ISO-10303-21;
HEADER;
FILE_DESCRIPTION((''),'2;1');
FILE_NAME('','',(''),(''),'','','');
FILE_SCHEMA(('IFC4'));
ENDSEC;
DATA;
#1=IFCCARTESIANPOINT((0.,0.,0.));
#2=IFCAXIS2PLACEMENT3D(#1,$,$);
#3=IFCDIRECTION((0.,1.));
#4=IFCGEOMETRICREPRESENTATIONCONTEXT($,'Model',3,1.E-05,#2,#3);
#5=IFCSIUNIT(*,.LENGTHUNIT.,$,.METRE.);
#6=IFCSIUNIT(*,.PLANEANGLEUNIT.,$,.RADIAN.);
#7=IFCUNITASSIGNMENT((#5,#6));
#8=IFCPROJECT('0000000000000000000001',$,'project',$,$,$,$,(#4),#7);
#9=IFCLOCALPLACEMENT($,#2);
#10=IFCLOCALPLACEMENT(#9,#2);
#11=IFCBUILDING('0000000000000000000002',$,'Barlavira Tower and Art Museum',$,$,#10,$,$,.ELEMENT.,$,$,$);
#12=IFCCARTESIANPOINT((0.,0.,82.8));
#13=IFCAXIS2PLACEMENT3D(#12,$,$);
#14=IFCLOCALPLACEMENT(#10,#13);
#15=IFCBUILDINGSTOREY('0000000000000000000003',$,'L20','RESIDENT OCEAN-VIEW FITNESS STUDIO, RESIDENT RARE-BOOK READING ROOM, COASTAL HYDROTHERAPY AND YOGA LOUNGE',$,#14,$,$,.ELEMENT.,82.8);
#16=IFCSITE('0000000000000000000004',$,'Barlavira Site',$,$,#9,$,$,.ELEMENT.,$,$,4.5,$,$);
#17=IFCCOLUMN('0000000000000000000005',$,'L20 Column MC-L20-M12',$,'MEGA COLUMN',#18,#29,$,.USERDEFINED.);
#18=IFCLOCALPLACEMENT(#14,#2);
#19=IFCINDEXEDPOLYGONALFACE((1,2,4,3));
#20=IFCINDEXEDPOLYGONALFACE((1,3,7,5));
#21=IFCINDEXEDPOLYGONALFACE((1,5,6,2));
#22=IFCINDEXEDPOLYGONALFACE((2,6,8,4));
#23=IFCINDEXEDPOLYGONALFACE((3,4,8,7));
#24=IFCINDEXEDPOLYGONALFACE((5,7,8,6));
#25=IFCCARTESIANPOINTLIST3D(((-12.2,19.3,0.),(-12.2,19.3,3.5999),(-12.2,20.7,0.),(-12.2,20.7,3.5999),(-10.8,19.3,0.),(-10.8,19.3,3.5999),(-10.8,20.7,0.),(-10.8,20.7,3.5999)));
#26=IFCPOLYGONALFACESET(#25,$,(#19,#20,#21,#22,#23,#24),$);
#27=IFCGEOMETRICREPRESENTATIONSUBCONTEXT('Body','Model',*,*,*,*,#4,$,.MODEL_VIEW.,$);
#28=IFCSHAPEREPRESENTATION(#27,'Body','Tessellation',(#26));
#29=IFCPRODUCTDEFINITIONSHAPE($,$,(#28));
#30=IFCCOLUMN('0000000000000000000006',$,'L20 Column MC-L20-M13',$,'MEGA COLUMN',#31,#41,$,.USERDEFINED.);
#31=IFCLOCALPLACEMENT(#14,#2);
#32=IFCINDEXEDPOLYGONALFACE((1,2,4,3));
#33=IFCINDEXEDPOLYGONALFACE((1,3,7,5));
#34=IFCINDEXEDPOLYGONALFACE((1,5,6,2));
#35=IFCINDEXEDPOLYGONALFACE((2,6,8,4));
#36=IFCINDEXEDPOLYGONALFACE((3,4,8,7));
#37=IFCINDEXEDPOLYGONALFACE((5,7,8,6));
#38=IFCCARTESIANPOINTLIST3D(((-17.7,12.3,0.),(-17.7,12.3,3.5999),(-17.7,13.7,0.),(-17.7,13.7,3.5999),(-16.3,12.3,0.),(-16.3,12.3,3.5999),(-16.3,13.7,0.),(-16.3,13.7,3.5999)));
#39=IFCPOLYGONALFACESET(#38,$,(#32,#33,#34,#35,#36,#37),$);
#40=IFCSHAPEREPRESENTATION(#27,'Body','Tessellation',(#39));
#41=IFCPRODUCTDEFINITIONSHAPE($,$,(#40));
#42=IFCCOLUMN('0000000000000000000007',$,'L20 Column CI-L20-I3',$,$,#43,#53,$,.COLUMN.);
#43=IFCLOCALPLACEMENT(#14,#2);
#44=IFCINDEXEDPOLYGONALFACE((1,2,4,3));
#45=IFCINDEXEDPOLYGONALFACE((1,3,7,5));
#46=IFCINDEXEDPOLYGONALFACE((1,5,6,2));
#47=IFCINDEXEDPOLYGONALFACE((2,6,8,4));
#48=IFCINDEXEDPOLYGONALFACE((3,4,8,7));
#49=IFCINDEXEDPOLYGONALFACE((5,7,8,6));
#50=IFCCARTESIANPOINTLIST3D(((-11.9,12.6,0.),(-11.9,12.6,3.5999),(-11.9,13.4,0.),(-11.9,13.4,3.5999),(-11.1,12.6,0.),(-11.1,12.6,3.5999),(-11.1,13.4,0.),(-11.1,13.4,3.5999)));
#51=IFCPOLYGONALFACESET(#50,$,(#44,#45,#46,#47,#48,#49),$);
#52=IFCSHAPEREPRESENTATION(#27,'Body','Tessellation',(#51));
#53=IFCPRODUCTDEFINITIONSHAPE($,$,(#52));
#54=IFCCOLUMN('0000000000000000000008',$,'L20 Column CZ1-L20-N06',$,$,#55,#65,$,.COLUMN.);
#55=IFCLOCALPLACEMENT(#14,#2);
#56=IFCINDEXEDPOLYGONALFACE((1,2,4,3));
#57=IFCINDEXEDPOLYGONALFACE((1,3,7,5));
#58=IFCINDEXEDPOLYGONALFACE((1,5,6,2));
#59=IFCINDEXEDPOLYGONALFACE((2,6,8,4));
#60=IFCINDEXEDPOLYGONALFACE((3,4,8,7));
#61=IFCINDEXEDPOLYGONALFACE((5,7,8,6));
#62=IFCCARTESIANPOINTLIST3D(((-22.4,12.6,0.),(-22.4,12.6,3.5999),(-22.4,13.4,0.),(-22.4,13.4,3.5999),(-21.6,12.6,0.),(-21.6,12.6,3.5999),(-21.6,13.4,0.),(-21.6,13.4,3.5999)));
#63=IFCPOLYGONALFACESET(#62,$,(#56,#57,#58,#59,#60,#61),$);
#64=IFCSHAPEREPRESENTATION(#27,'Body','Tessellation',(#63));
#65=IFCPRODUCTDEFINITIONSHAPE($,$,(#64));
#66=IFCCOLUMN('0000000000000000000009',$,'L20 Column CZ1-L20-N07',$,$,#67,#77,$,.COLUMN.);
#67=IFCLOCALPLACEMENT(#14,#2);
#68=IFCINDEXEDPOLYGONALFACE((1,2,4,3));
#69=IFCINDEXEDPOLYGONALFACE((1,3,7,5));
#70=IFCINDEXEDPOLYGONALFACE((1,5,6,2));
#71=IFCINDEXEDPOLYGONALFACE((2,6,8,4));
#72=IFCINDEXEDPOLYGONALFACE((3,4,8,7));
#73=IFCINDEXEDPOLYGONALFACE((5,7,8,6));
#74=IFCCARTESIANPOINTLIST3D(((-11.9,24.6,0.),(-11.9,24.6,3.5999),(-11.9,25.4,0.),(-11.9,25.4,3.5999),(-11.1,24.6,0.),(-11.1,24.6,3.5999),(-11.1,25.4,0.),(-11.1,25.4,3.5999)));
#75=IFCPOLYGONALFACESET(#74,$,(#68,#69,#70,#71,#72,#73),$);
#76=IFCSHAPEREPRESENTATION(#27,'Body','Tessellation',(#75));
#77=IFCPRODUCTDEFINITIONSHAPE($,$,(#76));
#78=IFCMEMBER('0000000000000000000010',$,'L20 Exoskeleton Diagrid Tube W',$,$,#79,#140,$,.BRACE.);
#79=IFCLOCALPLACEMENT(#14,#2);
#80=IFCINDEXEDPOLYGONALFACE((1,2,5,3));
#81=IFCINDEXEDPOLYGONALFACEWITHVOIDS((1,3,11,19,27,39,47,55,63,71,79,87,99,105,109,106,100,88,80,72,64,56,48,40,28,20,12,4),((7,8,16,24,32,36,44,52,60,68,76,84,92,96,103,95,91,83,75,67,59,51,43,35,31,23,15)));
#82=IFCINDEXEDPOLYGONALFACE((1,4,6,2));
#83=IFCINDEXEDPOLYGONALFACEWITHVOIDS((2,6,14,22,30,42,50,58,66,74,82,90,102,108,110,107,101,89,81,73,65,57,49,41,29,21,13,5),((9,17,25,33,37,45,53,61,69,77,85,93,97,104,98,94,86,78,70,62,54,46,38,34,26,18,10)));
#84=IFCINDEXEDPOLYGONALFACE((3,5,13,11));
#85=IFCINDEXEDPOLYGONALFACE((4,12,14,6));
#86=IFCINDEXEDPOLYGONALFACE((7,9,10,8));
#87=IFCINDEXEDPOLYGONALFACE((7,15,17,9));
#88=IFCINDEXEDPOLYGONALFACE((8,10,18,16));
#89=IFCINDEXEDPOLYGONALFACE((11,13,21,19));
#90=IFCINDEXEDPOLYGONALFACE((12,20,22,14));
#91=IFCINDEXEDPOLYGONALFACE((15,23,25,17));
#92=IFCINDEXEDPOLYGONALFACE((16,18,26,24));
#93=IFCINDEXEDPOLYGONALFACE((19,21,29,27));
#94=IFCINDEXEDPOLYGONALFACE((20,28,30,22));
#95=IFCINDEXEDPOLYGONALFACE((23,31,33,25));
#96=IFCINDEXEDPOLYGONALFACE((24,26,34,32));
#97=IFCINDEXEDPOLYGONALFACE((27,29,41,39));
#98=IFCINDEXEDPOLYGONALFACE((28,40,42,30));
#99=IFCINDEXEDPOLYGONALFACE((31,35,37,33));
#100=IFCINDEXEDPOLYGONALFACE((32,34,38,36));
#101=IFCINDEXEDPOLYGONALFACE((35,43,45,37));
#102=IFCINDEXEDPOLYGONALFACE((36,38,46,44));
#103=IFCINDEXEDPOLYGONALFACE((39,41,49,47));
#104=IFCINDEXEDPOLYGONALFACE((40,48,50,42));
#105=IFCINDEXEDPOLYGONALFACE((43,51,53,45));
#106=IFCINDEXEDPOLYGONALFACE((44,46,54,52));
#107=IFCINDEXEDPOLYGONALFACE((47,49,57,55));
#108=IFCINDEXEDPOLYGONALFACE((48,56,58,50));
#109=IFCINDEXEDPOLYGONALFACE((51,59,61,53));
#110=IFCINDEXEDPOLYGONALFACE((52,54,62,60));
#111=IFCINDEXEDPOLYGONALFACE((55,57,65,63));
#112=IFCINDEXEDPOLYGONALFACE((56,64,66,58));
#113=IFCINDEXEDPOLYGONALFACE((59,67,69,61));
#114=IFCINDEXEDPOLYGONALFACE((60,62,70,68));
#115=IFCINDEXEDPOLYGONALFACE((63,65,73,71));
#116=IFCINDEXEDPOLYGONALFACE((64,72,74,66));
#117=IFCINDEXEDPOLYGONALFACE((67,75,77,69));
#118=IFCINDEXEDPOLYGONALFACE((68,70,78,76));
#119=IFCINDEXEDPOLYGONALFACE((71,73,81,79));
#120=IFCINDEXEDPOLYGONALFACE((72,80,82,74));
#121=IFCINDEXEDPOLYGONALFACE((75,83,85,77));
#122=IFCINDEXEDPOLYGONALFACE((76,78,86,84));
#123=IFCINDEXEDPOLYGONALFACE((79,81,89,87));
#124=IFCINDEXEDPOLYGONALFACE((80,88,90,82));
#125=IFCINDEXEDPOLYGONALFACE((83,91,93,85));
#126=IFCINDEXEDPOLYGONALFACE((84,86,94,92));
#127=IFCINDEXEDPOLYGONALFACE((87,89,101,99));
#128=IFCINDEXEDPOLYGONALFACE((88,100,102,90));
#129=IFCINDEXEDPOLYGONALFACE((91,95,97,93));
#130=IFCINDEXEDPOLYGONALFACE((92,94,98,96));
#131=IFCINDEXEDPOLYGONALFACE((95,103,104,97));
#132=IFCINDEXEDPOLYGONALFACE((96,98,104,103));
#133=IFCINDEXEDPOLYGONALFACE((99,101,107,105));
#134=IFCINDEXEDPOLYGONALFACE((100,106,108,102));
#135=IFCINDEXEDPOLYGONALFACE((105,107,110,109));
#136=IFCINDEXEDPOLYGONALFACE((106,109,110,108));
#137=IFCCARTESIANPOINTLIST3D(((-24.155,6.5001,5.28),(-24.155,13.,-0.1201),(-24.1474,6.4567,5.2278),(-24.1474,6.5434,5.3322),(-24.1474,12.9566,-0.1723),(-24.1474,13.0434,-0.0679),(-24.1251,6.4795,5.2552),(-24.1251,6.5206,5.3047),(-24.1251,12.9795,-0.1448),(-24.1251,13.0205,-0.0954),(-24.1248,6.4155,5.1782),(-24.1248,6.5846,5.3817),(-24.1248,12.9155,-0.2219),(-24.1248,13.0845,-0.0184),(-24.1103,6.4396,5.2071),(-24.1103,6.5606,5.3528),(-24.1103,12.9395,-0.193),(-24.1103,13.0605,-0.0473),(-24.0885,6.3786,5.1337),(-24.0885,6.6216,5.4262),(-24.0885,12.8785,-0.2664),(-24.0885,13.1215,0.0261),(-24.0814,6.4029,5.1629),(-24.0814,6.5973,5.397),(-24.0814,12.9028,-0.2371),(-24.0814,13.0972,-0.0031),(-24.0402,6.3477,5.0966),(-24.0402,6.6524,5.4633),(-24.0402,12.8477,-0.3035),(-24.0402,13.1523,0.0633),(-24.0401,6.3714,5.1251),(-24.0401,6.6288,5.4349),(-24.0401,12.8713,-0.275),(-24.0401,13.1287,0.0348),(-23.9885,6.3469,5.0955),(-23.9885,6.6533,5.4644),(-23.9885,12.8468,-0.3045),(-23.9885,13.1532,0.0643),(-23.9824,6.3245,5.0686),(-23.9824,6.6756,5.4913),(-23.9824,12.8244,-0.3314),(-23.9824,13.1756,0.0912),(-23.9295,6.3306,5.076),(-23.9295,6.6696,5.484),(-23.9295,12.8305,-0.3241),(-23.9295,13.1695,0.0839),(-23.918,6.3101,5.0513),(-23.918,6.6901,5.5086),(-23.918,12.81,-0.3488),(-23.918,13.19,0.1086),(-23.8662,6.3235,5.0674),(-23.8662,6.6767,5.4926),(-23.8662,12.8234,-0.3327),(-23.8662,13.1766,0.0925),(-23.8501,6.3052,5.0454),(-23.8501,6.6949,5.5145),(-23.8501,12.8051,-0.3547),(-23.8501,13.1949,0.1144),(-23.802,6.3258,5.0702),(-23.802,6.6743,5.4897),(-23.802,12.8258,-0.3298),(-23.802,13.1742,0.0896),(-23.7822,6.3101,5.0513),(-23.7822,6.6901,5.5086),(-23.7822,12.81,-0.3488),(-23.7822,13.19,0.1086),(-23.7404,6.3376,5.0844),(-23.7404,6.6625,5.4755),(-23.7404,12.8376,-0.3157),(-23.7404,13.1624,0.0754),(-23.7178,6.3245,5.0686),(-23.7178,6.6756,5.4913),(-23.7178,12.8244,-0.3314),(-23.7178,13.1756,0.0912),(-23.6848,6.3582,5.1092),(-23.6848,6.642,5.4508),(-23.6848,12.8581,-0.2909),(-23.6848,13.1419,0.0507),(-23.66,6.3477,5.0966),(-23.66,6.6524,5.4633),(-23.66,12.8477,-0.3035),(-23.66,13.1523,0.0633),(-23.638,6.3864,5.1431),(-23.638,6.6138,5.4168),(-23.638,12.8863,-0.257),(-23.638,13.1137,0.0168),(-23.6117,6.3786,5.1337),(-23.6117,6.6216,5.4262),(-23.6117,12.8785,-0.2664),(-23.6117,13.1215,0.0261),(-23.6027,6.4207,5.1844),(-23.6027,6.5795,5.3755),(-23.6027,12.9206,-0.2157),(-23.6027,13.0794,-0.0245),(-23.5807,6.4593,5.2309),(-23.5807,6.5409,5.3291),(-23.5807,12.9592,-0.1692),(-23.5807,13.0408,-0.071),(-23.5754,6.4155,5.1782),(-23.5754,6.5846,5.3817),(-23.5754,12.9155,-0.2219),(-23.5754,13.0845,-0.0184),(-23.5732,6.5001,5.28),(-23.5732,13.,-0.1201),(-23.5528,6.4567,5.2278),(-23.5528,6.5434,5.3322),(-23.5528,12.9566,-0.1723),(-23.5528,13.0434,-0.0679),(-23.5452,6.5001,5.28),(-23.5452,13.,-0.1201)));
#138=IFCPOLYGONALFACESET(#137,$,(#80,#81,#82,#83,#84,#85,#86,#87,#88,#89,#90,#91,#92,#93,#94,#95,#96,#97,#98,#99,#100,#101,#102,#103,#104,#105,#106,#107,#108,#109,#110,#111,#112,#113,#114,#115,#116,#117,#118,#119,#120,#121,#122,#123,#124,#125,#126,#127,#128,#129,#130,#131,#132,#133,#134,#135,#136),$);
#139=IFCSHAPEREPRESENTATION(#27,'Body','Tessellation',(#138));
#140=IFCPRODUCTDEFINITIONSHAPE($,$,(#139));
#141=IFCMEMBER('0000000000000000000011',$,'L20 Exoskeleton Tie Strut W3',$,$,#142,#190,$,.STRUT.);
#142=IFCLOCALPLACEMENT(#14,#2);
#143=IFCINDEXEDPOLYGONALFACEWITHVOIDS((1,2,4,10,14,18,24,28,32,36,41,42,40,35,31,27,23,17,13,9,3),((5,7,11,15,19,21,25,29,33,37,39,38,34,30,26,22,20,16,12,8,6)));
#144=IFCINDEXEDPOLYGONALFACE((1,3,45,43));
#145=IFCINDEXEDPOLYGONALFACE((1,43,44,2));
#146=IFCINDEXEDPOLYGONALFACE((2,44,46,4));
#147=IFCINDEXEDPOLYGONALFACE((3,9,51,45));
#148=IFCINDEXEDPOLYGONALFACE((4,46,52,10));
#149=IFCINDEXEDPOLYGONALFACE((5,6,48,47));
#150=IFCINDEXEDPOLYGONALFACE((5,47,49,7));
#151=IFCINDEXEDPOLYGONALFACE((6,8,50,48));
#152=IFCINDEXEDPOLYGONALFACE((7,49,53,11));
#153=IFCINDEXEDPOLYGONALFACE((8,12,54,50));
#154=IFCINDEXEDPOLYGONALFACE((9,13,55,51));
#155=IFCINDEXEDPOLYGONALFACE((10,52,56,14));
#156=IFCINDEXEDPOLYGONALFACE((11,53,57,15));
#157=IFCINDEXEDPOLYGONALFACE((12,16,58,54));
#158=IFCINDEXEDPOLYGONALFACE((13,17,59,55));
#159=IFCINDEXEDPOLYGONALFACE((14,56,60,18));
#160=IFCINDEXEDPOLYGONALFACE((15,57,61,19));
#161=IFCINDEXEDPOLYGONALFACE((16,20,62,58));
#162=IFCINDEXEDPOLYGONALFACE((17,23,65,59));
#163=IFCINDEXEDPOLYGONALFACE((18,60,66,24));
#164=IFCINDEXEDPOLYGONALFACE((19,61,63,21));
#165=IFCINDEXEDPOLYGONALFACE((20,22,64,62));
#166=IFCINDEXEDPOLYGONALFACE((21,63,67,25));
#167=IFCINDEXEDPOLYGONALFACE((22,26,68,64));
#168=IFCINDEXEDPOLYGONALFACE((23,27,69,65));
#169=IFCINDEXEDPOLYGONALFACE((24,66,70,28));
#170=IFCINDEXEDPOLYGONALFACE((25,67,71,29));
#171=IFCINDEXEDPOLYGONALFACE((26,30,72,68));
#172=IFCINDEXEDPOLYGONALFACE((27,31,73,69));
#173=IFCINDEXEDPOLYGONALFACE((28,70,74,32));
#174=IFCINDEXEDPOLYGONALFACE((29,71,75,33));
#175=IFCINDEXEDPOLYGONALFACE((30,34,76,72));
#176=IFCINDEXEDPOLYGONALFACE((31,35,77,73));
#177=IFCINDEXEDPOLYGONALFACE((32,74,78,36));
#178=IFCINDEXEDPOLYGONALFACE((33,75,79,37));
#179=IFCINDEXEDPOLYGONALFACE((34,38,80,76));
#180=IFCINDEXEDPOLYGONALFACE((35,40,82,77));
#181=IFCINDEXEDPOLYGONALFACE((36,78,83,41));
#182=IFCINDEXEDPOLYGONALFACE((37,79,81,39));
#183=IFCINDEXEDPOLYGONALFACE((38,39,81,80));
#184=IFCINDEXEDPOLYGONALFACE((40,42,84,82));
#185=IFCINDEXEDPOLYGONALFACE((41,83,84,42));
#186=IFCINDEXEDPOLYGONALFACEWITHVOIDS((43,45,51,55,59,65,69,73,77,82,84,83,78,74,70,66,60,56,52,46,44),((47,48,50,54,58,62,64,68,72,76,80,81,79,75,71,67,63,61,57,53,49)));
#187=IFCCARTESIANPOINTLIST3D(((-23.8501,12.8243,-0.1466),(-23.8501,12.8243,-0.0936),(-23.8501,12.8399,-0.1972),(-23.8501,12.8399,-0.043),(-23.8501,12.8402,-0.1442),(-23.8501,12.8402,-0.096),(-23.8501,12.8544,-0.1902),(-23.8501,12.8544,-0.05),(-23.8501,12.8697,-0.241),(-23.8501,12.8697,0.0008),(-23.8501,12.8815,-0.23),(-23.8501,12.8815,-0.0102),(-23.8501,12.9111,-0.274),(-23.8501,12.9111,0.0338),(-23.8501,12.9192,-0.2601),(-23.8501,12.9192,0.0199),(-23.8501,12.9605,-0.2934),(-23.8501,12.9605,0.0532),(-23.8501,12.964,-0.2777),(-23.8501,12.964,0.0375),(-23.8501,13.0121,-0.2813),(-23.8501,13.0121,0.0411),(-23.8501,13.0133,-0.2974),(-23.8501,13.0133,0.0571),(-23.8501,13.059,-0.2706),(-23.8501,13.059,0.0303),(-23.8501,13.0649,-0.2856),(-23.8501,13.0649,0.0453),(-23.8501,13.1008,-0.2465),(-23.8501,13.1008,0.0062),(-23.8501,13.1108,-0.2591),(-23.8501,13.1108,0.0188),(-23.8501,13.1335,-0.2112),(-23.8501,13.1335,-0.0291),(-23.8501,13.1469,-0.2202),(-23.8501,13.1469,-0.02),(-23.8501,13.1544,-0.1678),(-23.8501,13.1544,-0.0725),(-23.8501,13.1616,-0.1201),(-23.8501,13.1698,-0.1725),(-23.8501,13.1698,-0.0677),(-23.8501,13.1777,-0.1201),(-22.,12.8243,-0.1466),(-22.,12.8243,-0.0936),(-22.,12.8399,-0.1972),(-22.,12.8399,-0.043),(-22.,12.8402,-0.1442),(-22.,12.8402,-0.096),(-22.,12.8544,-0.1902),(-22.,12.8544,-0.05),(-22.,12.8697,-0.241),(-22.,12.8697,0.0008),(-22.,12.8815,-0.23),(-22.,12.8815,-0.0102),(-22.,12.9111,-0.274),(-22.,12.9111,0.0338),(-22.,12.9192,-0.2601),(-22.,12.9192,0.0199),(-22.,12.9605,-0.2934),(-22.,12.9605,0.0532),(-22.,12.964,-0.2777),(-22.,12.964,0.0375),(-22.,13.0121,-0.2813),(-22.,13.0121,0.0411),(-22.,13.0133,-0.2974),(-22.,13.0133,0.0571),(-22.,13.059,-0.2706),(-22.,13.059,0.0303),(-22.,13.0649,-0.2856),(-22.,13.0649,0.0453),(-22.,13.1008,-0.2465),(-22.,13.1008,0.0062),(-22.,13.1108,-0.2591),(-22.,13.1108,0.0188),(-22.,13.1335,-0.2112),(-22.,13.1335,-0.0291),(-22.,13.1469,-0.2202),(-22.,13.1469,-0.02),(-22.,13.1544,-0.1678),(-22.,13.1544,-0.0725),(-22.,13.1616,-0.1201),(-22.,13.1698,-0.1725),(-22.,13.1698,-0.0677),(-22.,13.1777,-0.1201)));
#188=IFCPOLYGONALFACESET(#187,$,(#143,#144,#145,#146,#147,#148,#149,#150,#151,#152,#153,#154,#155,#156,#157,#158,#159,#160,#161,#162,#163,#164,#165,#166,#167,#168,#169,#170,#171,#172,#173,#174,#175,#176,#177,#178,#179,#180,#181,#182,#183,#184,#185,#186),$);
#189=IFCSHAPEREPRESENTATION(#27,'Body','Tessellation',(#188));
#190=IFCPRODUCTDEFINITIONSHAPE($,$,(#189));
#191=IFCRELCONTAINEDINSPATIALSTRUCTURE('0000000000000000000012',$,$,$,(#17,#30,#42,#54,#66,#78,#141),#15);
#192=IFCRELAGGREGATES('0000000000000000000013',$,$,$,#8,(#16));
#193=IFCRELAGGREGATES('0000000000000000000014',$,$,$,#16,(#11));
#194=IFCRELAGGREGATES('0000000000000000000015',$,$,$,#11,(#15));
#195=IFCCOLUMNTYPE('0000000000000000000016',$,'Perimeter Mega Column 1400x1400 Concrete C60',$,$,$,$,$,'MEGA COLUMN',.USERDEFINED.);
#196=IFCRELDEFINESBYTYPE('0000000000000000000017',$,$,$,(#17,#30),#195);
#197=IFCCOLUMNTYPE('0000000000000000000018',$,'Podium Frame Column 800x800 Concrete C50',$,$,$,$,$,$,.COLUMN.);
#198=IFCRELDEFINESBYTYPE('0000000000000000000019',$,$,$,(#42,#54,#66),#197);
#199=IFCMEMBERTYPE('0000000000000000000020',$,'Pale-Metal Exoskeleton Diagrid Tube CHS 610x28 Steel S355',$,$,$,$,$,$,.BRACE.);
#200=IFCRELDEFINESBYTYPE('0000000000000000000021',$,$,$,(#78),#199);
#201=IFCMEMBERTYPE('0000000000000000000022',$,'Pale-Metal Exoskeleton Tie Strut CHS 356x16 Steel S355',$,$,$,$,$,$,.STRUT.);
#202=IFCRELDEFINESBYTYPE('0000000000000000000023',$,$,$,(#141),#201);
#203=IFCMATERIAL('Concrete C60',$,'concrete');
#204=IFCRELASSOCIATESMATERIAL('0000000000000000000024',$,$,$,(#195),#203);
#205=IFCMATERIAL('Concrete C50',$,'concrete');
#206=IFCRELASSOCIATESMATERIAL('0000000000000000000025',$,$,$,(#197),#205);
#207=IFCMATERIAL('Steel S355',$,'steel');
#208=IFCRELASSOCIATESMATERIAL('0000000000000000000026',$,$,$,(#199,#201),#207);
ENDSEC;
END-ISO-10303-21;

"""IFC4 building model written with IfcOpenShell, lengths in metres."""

from ifc_helpers import new_model, si_unit, direction, frame, origin, origin_2d, place, context, subcontext, project, spatial, rectangle, hollow_circle, extrude, material, material_profile, profile_set, type_object, element, save


model = new_model("IFC4")

# Units and contexts
model_context = context("Model", 3, precision=1e-05, world=origin(), true_north=direction((0.0, 1.0)))
body_context = subcontext(model_context, "Body", "Model", "MODEL_VIEW")
ifc_project = project(units=[si_unit("LENGTHUNIT", "METRE"), si_unit("PLANEANGLEUNIT", "RADIAN")], contexts=[model_context])

# Site, building, storey
site_placement = place(None, origin())
site = spatial("IfcSite", under=ifc_project, at=site_placement, Name="Barlavira Site", CompositionType="ELEMENT", RefElevation=4.5)
building_placement = place(site_placement, origin())
building = spatial("IfcBuilding", under=site, at=building_placement, Name="Barlavira Tower and Art Museum", CompositionType="ELEMENT")
storey_placement = place(building_placement, frame((0.0, 0.0, 82.8)))
storey = spatial("IfcBuildingStorey", under=building, at=storey_placement, Name="L20", Description="RESIDENT OCEAN-VIEW FITNESS STUDIO, RESIDENT RARE-BOOK READING ROOM, COASTAL HYDROTHERAPY AND YOGA LOUNGE", CompositionType="ELEMENT", Elevation=82.8)

# Columns
ifc_material_1 = material(Name="Concrete C60", Category="concrete")
ifc_material_profile_1 = material_profile(ifc_material_1, rectangle(XDim=1.3999, YDim=1.3999, at=origin_2d()), Name="RC-MCOL 1400x1400")
ifc_profile_set_1 = profile_set([ifc_material_profile_1], Name="Concrete C60")
column_type_1 = type_object("IfcColumnType", Name="Perimeter Mega Column 1400x1400 Concrete C60", ElementType="MEGA COLUMN", PredefinedType="USERDEFINED", material=ifc_profile_set_1)
for number, where, z_axis, x_axis, name in (
    (1, (-11.5, 20.0, 0.0), (0.0, 0.0, 1.0), (1.0, 0.0, 0.0), "L20 Column MC-L20-M12"),
    (2, (-17.0, 13.0, 0.0), (0.0, 0.0, 1.0), (1.0, 0.0, 0.0), "L20 Column MC-L20-M13"),
):
    element("IfcColumn", number, at=place(storey_placement, frame(where, z_axis=z_axis, x_axis=x_axis)), inside=storey, type_object=column_type_1, Name=name, ObjectType="MEGA COLUMN", PredefinedType="USERDEFINED", context=body_context, shape_type="SweptSolid", body=[
        extrude(rectangle(XDim=1.3999, YDim=1.3999, at=origin_2d()), origin(), (0.0, 0.0, 1.0), 3.5999),
    ])
ifc_material_2 = material(Name="Concrete C50", Category="concrete")
ifc_material_profile_2 = material_profile(ifc_material_2, rectangle(XDim=0.8, YDim=0.8, at=origin_2d()), Name="RC-COL 800x800")
ifc_profile_set_2 = profile_set([ifc_material_profile_2], Name="Concrete C50")
column_type_2 = type_object("IfcColumnType", Name="Podium Frame Column 800x800 Concrete C50", PredefinedType="COLUMN", material=ifc_profile_set_2)
for number, where, z_axis, x_axis, name in (
    (3, (-11.5, 13.0, 0.0), (0.0, 0.0, 1.0), (1.0, 0.0, 0.0), "L20 Column CI-L20-I3"),
    (4, (-22.0, 13.0, 0.0), (0.0, 0.0, 1.0), (1.0, 0.0, 0.0), "L20 Column CZ1-L20-N06"),
    (5, (-11.5, 25.0, 0.0), (0.0, 0.0, 1.0), (1.0, 0.0, 0.0), "L20 Column CZ1-L20-N07"),
):
    element("IfcColumn", number, at=place(storey_placement, frame(where, z_axis=z_axis, x_axis=x_axis)), inside=storey, type_object=column_type_2, Name=name, PredefinedType="COLUMN", context=body_context, shape_type="SweptSolid", body=[
        extrude(rectangle(XDim=0.8, YDim=0.8, at=origin_2d()), origin(), (0.0, 0.0, 1.0), 3.5999),
    ])

# Members
ifc_material_3 = material(Name="Steel S355", Category="steel")
ifc_material_profile_3 = material_profile(ifc_material_3, hollow_circle(Radius=0.3049, WallThickness=0.0281, at=origin_2d()), Name="CHS 610.0x28.0")
ifc_profile_set_3 = profile_set([ifc_material_profile_3], Name="Steel S355")
member_type_1 = type_object("IfcMemberType", Name="Pale-Metal Exoskeleton Diagrid Tube CHS 610x28 Steel S355", PredefinedType="BRACE", material=ifc_profile_set_3)
member_1_placement = place(storey_placement, frame((-23.8501, 13.0, -0.1201), z_axis=(0.0, -0.769182, 0.63903), x_axis=(1.0, 0.0, 0.0)))
element("IfcMember", 6, at=member_1_placement, inside=storey, type_object=member_type_1, Name="L20 Exoskeleton Diagrid Tube W", PredefinedType="BRACE", context=body_context, shape_type="SweptSolid", body=[
    extrude(hollow_circle(Radius=0.3049, WallThickness=0.0281, at=origin_2d()), origin(), (0.0, 0.0, 1.0), 8.4504),
])
ifc_material_profile_4 = material_profile(ifc_material_3, hollow_circle(Radius=0.1777, WallThickness=0.0161, at=origin_2d()), Name="CHS 355.6x16.0")
ifc_profile_set_4 = profile_set([ifc_material_profile_4], Name="Steel S355")
member_type_2 = type_object("IfcMemberType", Name="Pale-Metal Exoskeleton Tie Strut CHS 356x16 Steel S355", PredefinedType="STRUT", material=ifc_profile_set_4)
member_2_placement = place(storey_placement, frame((-23.8501, 13.0, -0.1201), z_axis=(1.0, 0.0, 0.0), x_axis=(0.0, 1.0, 0.0)))
element("IfcMember", 7, at=member_2_placement, inside=storey, type_object=member_type_2, Name="L20 Exoskeleton Tie Strut W3", PredefinedType="STRUT", context=body_context, shape_type="SweptSolid", body=[
    extrude(hollow_circle(Radius=0.1777, WallThickness=0.0161, at=origin_2d()), origin(), (0.0, 0.0, 1.0), 1.8501),
])

save(model, "model.ifc")
